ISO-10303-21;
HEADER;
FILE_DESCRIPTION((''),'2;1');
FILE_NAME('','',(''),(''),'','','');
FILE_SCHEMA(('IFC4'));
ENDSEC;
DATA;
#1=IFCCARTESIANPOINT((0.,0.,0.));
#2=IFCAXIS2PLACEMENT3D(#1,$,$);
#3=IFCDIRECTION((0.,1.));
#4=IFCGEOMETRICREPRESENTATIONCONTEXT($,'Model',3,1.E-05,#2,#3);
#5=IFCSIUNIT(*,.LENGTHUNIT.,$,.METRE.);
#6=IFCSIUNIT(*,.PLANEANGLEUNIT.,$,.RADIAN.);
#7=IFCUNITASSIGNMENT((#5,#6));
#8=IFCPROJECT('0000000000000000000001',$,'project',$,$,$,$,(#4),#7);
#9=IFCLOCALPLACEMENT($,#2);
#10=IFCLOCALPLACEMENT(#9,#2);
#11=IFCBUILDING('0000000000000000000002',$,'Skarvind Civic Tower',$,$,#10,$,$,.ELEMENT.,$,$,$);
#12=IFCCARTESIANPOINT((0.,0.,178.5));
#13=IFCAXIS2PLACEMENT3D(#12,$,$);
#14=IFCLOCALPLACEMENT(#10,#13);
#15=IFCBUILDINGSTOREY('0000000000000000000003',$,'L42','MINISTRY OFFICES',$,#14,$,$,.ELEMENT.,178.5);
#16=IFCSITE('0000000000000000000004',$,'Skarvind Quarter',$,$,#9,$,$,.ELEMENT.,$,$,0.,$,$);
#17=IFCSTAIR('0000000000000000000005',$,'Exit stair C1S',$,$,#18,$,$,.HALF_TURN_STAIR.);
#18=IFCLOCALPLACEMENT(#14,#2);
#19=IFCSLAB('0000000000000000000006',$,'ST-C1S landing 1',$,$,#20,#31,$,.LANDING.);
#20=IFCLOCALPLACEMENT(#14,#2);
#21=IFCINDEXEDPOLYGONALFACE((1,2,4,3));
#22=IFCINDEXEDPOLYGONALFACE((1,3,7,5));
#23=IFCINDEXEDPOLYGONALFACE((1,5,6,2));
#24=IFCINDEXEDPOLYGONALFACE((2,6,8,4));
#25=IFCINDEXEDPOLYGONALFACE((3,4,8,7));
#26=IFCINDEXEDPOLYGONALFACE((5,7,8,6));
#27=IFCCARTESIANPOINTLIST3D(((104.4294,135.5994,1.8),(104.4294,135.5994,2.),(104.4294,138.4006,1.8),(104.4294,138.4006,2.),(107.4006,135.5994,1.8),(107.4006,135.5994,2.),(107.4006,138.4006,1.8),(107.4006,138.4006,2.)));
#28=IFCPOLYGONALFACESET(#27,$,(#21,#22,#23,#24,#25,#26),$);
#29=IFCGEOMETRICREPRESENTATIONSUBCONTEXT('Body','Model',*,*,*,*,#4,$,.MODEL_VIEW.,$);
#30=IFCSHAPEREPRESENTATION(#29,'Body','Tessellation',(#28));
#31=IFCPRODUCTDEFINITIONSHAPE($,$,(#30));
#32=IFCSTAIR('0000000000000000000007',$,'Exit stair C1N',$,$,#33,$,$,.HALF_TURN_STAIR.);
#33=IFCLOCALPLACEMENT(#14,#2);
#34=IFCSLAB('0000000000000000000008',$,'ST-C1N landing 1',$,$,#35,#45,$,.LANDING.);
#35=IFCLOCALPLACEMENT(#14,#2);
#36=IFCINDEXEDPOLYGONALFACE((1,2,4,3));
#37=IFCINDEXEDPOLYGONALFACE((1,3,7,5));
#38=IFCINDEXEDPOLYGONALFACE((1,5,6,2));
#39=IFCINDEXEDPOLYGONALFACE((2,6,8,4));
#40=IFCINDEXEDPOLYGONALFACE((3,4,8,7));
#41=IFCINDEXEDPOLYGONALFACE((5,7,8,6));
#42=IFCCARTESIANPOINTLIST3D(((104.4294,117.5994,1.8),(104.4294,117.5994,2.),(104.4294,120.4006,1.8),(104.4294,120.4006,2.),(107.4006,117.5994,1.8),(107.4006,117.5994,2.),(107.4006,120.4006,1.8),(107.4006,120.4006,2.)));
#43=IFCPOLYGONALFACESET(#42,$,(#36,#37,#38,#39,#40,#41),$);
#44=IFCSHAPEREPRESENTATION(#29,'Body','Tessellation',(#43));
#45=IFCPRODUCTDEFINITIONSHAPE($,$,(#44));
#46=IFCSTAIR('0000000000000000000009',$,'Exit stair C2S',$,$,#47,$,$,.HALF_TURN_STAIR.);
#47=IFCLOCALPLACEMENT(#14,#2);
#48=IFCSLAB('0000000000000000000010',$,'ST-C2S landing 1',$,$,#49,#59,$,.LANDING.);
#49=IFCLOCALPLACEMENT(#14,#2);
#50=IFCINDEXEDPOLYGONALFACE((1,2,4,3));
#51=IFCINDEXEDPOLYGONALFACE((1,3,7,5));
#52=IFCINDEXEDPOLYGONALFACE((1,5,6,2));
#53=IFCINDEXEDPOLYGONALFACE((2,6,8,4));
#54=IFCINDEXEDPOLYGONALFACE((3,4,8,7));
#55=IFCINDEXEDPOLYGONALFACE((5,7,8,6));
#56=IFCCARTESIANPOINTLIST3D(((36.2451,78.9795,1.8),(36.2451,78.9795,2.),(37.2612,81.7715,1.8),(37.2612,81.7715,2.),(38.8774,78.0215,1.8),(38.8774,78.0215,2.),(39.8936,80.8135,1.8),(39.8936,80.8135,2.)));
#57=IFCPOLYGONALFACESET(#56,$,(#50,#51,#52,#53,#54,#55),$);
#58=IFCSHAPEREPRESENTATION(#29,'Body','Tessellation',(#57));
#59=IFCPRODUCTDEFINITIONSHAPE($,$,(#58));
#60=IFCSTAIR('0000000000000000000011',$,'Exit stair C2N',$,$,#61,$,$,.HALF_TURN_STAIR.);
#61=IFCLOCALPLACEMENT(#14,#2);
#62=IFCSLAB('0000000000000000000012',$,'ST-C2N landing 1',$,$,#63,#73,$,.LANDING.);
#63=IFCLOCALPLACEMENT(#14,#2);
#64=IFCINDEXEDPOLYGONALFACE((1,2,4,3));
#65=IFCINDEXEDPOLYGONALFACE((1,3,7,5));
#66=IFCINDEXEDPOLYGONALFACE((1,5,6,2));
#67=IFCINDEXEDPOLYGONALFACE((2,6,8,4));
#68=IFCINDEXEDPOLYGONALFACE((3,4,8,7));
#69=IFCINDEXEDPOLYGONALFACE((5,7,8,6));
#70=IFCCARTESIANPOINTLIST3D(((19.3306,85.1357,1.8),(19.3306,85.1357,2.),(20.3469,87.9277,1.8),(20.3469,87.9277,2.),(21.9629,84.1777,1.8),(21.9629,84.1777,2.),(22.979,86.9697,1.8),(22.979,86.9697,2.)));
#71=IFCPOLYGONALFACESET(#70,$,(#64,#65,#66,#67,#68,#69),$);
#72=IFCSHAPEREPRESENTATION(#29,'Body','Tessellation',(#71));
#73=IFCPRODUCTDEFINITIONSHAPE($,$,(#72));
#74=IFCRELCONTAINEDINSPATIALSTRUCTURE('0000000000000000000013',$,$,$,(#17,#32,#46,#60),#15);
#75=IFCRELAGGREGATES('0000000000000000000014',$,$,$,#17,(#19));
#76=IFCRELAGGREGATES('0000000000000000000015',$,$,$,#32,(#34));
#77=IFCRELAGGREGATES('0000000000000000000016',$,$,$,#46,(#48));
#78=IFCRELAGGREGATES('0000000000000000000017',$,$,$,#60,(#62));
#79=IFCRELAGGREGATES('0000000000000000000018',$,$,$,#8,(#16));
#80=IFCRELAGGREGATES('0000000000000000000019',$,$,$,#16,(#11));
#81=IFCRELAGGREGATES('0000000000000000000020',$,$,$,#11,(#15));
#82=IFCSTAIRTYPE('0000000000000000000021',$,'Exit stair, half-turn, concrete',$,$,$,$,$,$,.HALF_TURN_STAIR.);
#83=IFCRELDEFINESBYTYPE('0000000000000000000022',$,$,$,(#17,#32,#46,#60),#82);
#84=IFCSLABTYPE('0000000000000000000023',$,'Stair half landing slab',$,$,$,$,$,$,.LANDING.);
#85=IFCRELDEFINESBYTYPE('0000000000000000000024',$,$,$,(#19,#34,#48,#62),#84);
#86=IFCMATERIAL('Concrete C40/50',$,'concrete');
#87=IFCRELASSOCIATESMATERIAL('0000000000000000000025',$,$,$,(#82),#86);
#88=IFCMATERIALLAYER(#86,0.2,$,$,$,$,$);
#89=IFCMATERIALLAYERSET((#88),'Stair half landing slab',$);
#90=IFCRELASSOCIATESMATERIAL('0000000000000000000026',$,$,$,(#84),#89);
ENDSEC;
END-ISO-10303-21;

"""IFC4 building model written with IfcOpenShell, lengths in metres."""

from ifc_helpers import new_model, si_unit, direction, frame, origin, place, context, subcontext, project, spatial, polyline, outline, extrude, material, layer, layer_set, type_object, element, aggregate, save


model = new_model("IFC4")

# Units and contexts
model_context = context("Model", 3, precision=1e-05, world=origin(), true_north=direction((0.0, 1.0)))
body_context = subcontext(model_context, "Body", "Model", "MODEL_VIEW")
ifc_project = project(units=[si_unit("LENGTHUNIT", "METRE"), si_unit("PLANEANGLEUNIT", "RADIAN")], contexts=[model_context])

# Site, building, storey
site_placement = place(None, origin())
site = spatial("IfcSite", under=ifc_project, at=site_placement, Name="Skarvind Quarter", CompositionType="ELEMENT", RefElevation=0.0)
building_placement = place(site_placement, origin())
building = spatial("IfcBuilding", under=site, at=building_placement, Name="Skarvind Civic Tower", CompositionType="ELEMENT")
storey_placement = place(building_placement, frame((0.0, 0.0, 178.5)))
storey = spatial("IfcBuildingStorey", under=building, at=storey_placement, Name="L42", Description="MINISTRY OFFICES", CompositionType="ELEMENT", Elevation=178.5)

# Shared definitions
ifc_material_1 = material(Name="Concrete C40/50", Category="concrete")

# Stairs, slabs
stair_type = type_object("IfcStairType", Name="Exit stair, half-turn, concrete", PredefinedType="HALF_TURN_STAIR", material=ifc_material_1)
stair_1_placement = place(storey_placement, origin())
stair_1 = element("IfcStair", 1, at=stair_1_placement, inside=storey, type_object=stair_type, Name="Exit stair C1S", PredefinedType="HALF_TURN_STAIR")
ifc_layer_1 = layer(ifc_material_1, 0.2)
ifc_layer_set_1 = layer_set([ifc_layer_1], Name="Stair half landing slab")
slab_type_1 = type_object("IfcSlabType", Name="Stair half landing slab", PredefinedType="LANDING", material=ifc_layer_set_1)
slab_1_placement = place(storey_placement, frame((0.0, 0.0, 1.8)))
slab_1 = element("IfcSlab", 2, at=slab_1_placement, type_object=slab_type_1, Name="ST-C1S landing 1", PredefinedType="LANDING", context=body_context, shape_type="SweptSolid", body=[
    extrude(outline(polyline([(104.4294, 135.5994), (104.4294, 138.4006), (107.4006, 138.4006), (107.4006, 135.5994), (104.4294, 135.5994)])), origin(), (0.0, 0.0, 1.0), 0.2),
])
aggregate(stair_1, [slab_1])
stair_2_placement = place(storey_placement, origin())
stair_2 = element("IfcStair", 3, at=stair_2_placement, inside=storey, type_object=stair_type, Name="Exit stair C1N", PredefinedType="HALF_TURN_STAIR")
slab_2_placement = place(storey_placement, frame((0.0, 0.0, 1.8)))
slab_2 = element("IfcSlab", 4, at=slab_2_placement, type_object=slab_type_1, Name="ST-C1N landing 1", PredefinedType="LANDING", context=body_context, shape_type="SweptSolid", body=[
    extrude(outline(polyline([(104.4294, 117.5994), (104.4294, 120.4006), (107.4006, 120.4006), (107.4006, 117.5994), (104.4294, 117.5994)])), origin(), (0.0, 0.0, 1.0), 0.2),
])
aggregate(stair_2, [slab_2])
stair_3_placement = place(storey_placement, origin())
stair_3 = element("IfcStair", 5, at=stair_3_placement, inside=storey, type_object=stair_type, Name="Exit stair C2S", PredefinedType="HALF_TURN_STAIR")
slab_3_placement = place(storey_placement, frame((0.0, 0.0, 1.8)))
slab_3 = element("IfcSlab", 6, at=slab_3_placement, type_object=slab_type_1, Name="ST-C2S landing 1", PredefinedType="LANDING", context=body_context, shape_type="SweptSolid", body=[
    extrude(outline(polyline([(37.2612, 81.7715), (39.8936, 80.8135), (38.8774, 78.0215), (36.2451, 78.9795), (37.2612, 81.7715)])), origin(), (0.0, 0.0, 1.0), 0.2),
])
aggregate(stair_3, [slab_3])
stair_4_placement = place(storey_placement, origin())
stair_4 = element("IfcStair", 7, at=stair_4_placement, inside=storey, type_object=stair_type, Name="Exit stair C2N", PredefinedType="HALF_TURN_STAIR")
slab_4_placement = place(storey_placement, frame((0.0, 0.0, 1.8)))
slab_4 = element("IfcSlab", 8, at=slab_4_placement, type_object=slab_type_1, Name="ST-C2N landing 1", PredefinedType="LANDING", context=body_context, shape_type="SweptSolid", body=[
    extrude(outline(polyline([(20.3469, 87.9277), (22.979, 86.9697), (21.9629, 84.1777), (19.3306, 85.1357), (20.3469, 87.9277)])), origin(), (0.0, 0.0, 1.0), 0.2),
])
aggregate(stair_4, [slab_4])

save(model, "model.ifc")
